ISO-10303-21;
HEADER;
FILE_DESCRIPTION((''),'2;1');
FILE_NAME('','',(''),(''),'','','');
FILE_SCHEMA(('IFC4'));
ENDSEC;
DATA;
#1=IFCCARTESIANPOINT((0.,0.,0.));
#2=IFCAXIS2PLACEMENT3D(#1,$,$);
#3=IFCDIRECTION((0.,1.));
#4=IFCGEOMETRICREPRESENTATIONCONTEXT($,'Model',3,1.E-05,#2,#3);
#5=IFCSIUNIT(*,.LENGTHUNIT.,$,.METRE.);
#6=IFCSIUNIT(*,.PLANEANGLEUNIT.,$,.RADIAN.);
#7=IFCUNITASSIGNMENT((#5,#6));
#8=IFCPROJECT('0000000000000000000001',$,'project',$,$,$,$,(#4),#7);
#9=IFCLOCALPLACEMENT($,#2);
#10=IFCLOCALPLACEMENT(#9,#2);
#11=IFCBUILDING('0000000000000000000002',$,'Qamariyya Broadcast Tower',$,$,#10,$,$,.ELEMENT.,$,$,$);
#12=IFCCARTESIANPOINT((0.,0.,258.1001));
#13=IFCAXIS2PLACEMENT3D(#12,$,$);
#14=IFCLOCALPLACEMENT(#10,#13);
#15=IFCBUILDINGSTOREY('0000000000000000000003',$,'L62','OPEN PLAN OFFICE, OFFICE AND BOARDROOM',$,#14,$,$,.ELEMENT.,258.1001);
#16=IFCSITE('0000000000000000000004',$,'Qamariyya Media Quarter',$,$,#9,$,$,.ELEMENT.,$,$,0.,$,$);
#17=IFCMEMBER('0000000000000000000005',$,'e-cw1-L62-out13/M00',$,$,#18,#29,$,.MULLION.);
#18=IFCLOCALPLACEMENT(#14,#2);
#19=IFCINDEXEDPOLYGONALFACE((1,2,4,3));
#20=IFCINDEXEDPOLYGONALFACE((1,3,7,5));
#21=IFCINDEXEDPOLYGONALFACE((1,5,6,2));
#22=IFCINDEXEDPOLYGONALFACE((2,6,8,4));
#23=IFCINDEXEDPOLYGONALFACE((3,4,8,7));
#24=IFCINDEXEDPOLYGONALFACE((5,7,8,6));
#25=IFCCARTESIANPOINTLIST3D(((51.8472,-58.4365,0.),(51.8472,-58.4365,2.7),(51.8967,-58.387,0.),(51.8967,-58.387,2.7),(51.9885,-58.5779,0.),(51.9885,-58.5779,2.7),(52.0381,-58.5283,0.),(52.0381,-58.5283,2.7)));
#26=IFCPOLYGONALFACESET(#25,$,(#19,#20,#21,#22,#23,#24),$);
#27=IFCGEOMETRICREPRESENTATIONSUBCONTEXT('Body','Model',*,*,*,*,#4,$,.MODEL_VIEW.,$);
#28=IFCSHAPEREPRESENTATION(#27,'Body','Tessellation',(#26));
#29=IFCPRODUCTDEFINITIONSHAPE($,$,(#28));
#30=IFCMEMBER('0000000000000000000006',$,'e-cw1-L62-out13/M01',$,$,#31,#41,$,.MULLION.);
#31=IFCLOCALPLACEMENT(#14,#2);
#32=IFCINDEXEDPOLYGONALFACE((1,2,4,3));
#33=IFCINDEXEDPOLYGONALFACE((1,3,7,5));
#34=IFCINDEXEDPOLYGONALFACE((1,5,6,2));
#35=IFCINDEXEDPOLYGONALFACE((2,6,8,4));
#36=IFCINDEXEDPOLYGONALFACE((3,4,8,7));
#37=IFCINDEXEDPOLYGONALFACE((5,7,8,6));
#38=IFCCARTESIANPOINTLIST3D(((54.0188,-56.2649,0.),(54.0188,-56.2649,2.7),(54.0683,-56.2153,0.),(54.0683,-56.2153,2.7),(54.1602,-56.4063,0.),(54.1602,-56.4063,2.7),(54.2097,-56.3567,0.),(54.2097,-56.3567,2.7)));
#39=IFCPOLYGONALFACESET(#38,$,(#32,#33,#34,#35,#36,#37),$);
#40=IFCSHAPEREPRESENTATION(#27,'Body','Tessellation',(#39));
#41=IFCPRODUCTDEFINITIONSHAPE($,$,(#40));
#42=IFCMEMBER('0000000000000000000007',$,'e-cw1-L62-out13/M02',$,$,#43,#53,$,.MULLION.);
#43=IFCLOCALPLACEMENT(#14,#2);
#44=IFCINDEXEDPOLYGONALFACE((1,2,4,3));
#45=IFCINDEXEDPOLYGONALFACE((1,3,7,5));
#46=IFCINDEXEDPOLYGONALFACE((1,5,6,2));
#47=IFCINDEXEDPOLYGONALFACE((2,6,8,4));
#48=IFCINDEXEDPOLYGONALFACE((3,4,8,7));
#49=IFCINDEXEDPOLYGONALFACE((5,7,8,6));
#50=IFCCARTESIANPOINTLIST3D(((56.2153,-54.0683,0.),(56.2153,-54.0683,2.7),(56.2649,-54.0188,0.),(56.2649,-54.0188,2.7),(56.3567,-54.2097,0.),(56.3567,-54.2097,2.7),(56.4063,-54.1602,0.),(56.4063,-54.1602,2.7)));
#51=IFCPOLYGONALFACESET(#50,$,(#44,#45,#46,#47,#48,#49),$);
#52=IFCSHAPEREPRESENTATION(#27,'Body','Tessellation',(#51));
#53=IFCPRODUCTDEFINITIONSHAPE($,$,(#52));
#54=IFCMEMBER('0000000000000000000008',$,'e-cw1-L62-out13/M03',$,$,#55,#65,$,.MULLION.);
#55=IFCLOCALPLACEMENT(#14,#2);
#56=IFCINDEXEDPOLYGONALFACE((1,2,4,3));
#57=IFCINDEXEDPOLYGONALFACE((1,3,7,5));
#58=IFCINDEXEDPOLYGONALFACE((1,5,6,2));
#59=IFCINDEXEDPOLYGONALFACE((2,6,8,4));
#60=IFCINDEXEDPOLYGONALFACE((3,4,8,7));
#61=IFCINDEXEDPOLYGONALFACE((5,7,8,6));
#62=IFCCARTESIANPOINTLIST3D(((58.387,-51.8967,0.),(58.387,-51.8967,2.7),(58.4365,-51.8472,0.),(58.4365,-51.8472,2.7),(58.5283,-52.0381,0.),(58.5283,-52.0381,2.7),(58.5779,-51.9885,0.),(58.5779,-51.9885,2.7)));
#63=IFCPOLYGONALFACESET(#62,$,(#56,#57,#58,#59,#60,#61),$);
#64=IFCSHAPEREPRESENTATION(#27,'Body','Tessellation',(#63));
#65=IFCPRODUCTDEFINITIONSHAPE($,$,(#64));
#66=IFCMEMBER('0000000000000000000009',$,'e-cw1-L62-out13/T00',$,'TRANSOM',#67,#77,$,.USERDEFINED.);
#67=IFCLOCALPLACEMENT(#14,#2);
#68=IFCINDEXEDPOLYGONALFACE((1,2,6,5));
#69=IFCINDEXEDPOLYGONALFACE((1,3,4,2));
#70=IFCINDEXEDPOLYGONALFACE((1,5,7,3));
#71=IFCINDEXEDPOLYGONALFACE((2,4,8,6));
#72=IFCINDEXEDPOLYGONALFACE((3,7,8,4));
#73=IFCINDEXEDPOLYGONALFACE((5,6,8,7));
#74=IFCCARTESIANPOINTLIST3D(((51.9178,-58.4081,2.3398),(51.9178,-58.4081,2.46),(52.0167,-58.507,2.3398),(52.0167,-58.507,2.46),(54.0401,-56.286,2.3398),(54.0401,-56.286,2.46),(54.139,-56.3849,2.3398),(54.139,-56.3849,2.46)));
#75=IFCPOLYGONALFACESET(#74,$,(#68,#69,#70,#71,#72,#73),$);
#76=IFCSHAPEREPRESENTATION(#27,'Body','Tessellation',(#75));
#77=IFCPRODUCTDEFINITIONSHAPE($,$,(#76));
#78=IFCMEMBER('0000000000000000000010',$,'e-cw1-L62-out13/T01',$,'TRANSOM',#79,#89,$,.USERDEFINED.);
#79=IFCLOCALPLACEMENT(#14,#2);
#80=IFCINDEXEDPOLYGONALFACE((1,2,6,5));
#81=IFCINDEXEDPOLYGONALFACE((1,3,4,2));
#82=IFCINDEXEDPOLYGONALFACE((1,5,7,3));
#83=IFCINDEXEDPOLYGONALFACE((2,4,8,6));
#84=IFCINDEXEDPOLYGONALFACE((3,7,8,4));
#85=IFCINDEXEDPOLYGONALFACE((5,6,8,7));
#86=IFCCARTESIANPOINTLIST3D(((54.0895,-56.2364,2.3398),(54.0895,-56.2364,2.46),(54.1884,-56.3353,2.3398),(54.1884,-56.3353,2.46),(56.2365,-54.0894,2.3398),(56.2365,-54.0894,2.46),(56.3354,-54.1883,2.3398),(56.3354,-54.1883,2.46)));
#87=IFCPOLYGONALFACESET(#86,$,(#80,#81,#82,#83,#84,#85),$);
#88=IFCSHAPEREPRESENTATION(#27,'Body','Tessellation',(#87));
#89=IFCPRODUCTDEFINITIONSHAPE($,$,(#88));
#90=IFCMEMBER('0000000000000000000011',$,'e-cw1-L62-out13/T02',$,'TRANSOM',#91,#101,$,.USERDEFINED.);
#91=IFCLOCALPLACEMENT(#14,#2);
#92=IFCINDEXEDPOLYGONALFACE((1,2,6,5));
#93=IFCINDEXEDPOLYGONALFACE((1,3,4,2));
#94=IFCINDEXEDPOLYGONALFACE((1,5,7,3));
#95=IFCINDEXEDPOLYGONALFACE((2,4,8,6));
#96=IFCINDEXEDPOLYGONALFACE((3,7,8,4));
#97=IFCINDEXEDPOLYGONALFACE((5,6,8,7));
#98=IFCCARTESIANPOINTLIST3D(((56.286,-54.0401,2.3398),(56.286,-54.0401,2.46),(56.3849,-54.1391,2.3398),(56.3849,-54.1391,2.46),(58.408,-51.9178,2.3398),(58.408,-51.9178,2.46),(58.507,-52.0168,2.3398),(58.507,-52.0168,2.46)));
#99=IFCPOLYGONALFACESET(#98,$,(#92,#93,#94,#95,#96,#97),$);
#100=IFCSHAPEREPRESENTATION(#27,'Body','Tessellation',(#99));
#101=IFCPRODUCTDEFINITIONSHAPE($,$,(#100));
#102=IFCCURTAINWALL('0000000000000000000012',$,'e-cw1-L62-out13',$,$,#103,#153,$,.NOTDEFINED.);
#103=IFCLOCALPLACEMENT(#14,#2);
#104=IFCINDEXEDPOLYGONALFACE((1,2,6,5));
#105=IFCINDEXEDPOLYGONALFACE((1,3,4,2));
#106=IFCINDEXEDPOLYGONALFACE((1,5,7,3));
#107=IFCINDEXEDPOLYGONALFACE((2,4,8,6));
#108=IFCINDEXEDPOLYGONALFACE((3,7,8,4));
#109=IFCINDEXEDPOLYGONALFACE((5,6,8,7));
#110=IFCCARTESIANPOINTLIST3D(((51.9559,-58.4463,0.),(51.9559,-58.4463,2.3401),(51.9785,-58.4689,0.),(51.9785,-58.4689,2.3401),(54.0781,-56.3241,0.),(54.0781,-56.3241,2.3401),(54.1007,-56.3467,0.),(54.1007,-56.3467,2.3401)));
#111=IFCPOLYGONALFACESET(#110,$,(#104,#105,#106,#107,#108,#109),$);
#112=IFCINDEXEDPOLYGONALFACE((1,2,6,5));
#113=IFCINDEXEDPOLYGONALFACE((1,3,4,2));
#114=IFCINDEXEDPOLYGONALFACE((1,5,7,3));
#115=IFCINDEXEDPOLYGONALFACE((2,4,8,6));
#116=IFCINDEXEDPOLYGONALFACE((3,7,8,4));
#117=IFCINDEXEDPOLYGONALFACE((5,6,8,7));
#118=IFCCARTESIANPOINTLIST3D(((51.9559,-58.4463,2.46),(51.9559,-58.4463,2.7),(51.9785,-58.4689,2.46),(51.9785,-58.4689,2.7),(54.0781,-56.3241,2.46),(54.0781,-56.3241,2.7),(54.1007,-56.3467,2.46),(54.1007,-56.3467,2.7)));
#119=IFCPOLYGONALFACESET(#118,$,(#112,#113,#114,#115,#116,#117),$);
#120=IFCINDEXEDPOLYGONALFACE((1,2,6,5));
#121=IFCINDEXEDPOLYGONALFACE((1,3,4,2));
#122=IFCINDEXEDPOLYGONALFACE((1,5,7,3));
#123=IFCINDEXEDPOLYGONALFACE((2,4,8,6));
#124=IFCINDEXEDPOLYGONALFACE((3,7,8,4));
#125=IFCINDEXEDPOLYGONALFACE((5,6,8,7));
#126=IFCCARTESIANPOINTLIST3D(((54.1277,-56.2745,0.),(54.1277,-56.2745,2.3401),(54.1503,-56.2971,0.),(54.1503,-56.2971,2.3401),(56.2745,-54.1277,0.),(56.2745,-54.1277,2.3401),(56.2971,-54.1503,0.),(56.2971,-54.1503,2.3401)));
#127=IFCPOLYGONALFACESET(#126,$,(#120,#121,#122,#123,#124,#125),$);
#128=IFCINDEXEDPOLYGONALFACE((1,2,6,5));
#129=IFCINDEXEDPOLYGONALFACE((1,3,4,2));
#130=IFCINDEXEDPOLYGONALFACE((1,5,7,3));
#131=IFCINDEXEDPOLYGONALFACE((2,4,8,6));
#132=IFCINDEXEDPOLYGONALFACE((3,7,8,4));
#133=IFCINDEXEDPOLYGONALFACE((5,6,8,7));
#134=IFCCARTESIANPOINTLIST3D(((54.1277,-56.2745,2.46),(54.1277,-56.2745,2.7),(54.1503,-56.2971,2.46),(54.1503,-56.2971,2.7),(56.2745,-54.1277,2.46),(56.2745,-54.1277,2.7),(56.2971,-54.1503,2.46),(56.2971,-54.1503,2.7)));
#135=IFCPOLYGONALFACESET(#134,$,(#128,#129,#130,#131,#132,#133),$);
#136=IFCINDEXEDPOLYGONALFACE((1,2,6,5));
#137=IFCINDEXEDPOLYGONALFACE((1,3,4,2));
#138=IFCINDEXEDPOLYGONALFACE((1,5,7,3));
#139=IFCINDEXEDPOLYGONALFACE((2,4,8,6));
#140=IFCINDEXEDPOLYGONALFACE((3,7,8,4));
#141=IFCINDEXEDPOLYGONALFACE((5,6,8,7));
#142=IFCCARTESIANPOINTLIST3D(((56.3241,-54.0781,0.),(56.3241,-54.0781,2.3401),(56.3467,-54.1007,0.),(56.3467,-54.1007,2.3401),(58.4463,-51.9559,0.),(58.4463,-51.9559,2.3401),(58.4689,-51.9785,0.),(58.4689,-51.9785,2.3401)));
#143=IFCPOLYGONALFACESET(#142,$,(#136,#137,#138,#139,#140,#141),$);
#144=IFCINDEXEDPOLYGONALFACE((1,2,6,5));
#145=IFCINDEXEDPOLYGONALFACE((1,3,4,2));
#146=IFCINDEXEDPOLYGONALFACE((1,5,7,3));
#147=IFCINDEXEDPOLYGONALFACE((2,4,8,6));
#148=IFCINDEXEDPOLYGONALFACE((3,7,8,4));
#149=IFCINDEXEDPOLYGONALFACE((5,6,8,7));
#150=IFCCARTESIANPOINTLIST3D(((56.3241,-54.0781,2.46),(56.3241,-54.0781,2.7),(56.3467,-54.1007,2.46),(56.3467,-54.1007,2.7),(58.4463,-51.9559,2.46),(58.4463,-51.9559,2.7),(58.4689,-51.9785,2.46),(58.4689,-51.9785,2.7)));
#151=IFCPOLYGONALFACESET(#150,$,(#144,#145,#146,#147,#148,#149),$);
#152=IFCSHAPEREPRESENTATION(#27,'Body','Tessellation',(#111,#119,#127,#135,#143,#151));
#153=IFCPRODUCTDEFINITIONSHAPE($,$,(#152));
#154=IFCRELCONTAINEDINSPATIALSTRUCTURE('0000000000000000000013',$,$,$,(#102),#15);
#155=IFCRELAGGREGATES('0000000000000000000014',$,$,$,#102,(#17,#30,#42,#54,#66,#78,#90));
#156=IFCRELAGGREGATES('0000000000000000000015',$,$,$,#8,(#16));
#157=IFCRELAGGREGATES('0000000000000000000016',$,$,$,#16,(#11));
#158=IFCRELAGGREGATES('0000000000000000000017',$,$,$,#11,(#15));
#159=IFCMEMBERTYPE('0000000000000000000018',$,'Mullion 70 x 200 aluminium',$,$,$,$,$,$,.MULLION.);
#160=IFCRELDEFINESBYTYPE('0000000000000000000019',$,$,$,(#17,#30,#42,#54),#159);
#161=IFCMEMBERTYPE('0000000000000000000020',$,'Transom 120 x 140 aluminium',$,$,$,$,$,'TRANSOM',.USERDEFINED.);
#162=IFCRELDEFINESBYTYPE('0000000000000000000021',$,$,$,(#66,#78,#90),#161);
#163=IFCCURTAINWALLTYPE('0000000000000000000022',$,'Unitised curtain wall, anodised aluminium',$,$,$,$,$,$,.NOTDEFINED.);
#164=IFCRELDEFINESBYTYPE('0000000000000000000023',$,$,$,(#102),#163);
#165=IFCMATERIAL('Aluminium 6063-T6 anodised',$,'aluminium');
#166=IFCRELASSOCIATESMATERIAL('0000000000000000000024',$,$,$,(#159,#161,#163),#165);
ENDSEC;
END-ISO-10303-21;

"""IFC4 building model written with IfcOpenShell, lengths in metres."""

from ifc_helpers import new_model, si_unit, direction, frame, origin, origin_2d, place, context, subcontext, project, spatial, rectangle, extrude, material, material_profile, profile_set, type_object, element, aggregate, save


model = new_model("IFC4")

# Units and contexts
model_context = context("Model", 3, precision=1e-05, world=origin(), true_north=direction((0.0, 1.0)))
body_context = subcontext(model_context, "Body", "Model", "MODEL_VIEW")
ifc_project = project(units=[si_unit("LENGTHUNIT", "METRE"), si_unit("PLANEANGLEUNIT", "RADIAN")], contexts=[model_context])

# Members
ifc_material = material(Name="Aluminium 6063-T6 anodised", Category="aluminium")
ifc_material_profile_1 = material_profile(ifc_material, rectangle(XDim=0.2, YDim=0.0701, at=origin_2d()))
ifc_profile_set_1 = profile_set([ifc_material_profile_1], Name="Aluminium 6063-T6 anodised")
member_type_1 = type_object("IfcMemberType", Name="Mullion 70 x 200 aluminium", PredefinedType="MULLION", material=ifc_profile_set_1)
site_placement = place(None, origin())
building_placement = place(site_placement, origin())
storey_placement = place(building_placement, frame((0.0, 0.0, 258.1001)))
member_1_placement = place(storey_placement, frame((51.9426, -58.4824, 0.0), z_axis=(0.0, 0.0, 1.0), x_axis=(-0.707107, 0.707107, 0.0)))
member_1 = element("IfcMember", 1, at=member_1_placement, type_object=member_type_1, Name="e-cw1-L62-out13/M00", PredefinedType="MULLION", context=body_context, shape_type="SweptSolid", body=[
    extrude(rectangle(XDim=0.2, YDim=0.0701, at=origin_2d()), origin(), (0.0, 0.0, 1.0), 2.7),
])
member_2_placement = place(storey_placement, frame((54.1143, -56.3108, 0.0), z_axis=(0.0, 0.0, 1.0), x_axis=(-0.707107, 0.707107, 0.0)))
member_2 = element("IfcMember", 2, at=member_2_placement, type_object=member_type_1, Name="e-cw1-L62-out13/M01", PredefinedType="MULLION", context=body_context, shape_type="SweptSolid", body=[
    extrude(rectangle(XDim=0.2, YDim=0.0701, at=origin_2d()), origin(), (0.0, 0.0, 1.0), 2.7),
])
member_3_placement = place(storey_placement, frame((56.3108, -54.1143, 0.0), z_axis=(0.0, 0.0, 1.0), x_axis=(-0.707107, 0.707107, 0.0)))
member_3 = element("IfcMember", 3, at=member_3_placement, type_object=member_type_1, Name="e-cw1-L62-out13/M02", PredefinedType="MULLION", context=body_context, shape_type="SweptSolid", body=[
    extrude(rectangle(XDim=0.2, YDim=0.0701, at=origin_2d()), origin(), (0.0, 0.0, 1.0), 2.7),
])
member_4_placement = place(storey_placement, frame((58.4824, -51.9426, 0.0), z_axis=(0.0, 0.0, 1.0), x_axis=(-0.707107, 0.707107, 0.0)))
member_4 = element("IfcMember", 4, at=member_4_placement, type_object=member_type_1, Name="e-cw1-L62-out13/M03", PredefinedType="MULLION", context=body_context, shape_type="SweptSolid", body=[
    extrude(rectangle(XDim=0.2, YDim=0.0701, at=origin_2d()), origin(), (0.0, 0.0, 1.0), 2.7),
])
ifc_material_profile_2 = material_profile(ifc_material, rectangle(XDim=0.1399, YDim=0.1201, at=origin_2d()))
ifc_profile_set_2 = profile_set([ifc_material_profile_2], Name="Aluminium 6063-T6 anodised")
member_type_2 = type_object("IfcMemberType", Name="Transom 120 x 140 aluminium", ElementType="TRANSOM", PredefinedType="USERDEFINED", material=ifc_profile_set_2)
member_5_placement = place(storey_placement, frame((51.9673, -58.4575, 2.3999), z_axis=(0.707147, 0.707066, 0.0), x_axis=(-0.707066, 0.707147, 0.0)))
member_5 = element("IfcMember", 5, at=member_5_placement, type_object=member_type_2, Name="e-cw1-L62-out13/T00", ObjectType="TRANSOM", PredefinedType="USERDEFINED", context=body_context, shape_type="SweptSolid", body=[
    extrude(rectangle(XDim=0.1399, YDim=0.1201, at=origin_2d()), origin(), (0.0, 0.0, 1.0), 3.0012),
])
member_6_placement = place(storey_placement, frame((54.1389, -56.2859, 2.3999), z_axis=(0.707107, 0.707107, 0.0), x_axis=(-0.707107, 0.707107, 0.0)))
member_6 = element("IfcMember", 6, at=member_6_placement, type_object=member_type_2, Name="e-cw1-L62-out13/T01", ObjectType="TRANSOM", PredefinedType="USERDEFINED", context=body_context, shape_type="SweptSolid", body=[
    extrude(rectangle(XDim=0.1399, YDim=0.1201, at=origin_2d()), origin(), (0.0, 0.0, 1.0), 3.0364),
])
member_7_placement = place(storey_placement, frame((56.3354, -54.0896, 2.3999), z_axis=(0.707066, 0.707147, 0.0), x_axis=(-0.707147, 0.707066, 0.0)))
member_7 = element("IfcMember", 7, at=member_7_placement, type_object=member_type_2, Name="e-cw1-L62-out13/T02", ObjectType="TRANSOM", PredefinedType="USERDEFINED", context=body_context, shape_type="SweptSolid", body=[
    extrude(rectangle(XDim=0.1399, YDim=0.1201, at=origin_2d()), origin(), (0.0, 0.0, 1.0), 3.0012),
])

# Site, building, storey
site = spatial("IfcSite", under=ifc_project, at=site_placement, Name="Qamariyya Media Quarter", CompositionType="ELEMENT", RefElevation=0.0)
building = spatial("IfcBuilding", under=site, at=building_placement, Name="Qamariyya Broadcast Tower", CompositionType="ELEMENT")
storey = spatial("IfcBuildingStorey", under=building, at=storey_placement, Name="L62", Description="OPEN PLAN OFFICE, OFFICE AND BOARDROOM", CompositionType="ELEMENT", Elevation=258.1001)

# Curtain wall
curtain_wall_type = type_object("IfcCurtainWallType", Name="Unitised curtain wall, anodised aluminium", PredefinedType="NOTDEFINED", material=ifc_material)
curtain_wall_1_placement = place(storey_placement, origin())
curtain_wall_1 = element("IfcCurtainWall", 8, at=curtain_wall_1_placement, inside=storey, type_object=curtain_wall_type, Name="e-cw1-L62-out13", PredefinedType="NOTDEFINED", context=body_context, shape_type="SweptSolid", body=[
    extrude(rectangle(XDim=3.0012, YDim=0.032, at=origin_2d()), frame((53.0283, -57.3965, 0.0), x_axis=(0.707107, 0.707107, 0.0)), (0.0, 0.0, 1.0), 2.3401),
    extrude(rectangle(XDim=3.0012, YDim=0.032, at=origin_2d()), frame((53.0283, -57.3965, 2.46), x_axis=(0.707107, 0.707107, 0.0)), (0.0, 0.0, 1.0), 0.24),
    extrude(rectangle(XDim=3.0361, YDim=0.032, at=origin_2d()), frame((55.2124, -55.2124, 0.0), x_axis=(0.707107, 0.707107, 0.0)), (0.0, 0.0, 1.0), 2.3401),
    extrude(rectangle(XDim=3.0361, YDim=0.032, at=origin_2d()), frame((55.2124, -55.2124, 2.46), x_axis=(0.707107, 0.707107, 0.0)), (0.0, 0.0, 1.0), 0.24),
    extrude(rectangle(XDim=3.0012, YDim=0.032, at=origin_2d()), frame((57.3965, -53.0283, 0.0), x_axis=(0.707107, 0.707107, 0.0)), (0.0, 0.0, 1.0), 2.3401),
    extrude(rectangle(XDim=3.0012, YDim=0.032, at=origin_2d()), frame((57.3965, -53.0283, 2.46), x_axis=(0.707107, 0.707107, 0.0)), (0.0, 0.0, 1.0), 0.24),
])
aggregate(curtain_wall_1, [member_1, member_2, member_3, member_4, member_5, member_6, member_7])

save(model, "model.ifc")
